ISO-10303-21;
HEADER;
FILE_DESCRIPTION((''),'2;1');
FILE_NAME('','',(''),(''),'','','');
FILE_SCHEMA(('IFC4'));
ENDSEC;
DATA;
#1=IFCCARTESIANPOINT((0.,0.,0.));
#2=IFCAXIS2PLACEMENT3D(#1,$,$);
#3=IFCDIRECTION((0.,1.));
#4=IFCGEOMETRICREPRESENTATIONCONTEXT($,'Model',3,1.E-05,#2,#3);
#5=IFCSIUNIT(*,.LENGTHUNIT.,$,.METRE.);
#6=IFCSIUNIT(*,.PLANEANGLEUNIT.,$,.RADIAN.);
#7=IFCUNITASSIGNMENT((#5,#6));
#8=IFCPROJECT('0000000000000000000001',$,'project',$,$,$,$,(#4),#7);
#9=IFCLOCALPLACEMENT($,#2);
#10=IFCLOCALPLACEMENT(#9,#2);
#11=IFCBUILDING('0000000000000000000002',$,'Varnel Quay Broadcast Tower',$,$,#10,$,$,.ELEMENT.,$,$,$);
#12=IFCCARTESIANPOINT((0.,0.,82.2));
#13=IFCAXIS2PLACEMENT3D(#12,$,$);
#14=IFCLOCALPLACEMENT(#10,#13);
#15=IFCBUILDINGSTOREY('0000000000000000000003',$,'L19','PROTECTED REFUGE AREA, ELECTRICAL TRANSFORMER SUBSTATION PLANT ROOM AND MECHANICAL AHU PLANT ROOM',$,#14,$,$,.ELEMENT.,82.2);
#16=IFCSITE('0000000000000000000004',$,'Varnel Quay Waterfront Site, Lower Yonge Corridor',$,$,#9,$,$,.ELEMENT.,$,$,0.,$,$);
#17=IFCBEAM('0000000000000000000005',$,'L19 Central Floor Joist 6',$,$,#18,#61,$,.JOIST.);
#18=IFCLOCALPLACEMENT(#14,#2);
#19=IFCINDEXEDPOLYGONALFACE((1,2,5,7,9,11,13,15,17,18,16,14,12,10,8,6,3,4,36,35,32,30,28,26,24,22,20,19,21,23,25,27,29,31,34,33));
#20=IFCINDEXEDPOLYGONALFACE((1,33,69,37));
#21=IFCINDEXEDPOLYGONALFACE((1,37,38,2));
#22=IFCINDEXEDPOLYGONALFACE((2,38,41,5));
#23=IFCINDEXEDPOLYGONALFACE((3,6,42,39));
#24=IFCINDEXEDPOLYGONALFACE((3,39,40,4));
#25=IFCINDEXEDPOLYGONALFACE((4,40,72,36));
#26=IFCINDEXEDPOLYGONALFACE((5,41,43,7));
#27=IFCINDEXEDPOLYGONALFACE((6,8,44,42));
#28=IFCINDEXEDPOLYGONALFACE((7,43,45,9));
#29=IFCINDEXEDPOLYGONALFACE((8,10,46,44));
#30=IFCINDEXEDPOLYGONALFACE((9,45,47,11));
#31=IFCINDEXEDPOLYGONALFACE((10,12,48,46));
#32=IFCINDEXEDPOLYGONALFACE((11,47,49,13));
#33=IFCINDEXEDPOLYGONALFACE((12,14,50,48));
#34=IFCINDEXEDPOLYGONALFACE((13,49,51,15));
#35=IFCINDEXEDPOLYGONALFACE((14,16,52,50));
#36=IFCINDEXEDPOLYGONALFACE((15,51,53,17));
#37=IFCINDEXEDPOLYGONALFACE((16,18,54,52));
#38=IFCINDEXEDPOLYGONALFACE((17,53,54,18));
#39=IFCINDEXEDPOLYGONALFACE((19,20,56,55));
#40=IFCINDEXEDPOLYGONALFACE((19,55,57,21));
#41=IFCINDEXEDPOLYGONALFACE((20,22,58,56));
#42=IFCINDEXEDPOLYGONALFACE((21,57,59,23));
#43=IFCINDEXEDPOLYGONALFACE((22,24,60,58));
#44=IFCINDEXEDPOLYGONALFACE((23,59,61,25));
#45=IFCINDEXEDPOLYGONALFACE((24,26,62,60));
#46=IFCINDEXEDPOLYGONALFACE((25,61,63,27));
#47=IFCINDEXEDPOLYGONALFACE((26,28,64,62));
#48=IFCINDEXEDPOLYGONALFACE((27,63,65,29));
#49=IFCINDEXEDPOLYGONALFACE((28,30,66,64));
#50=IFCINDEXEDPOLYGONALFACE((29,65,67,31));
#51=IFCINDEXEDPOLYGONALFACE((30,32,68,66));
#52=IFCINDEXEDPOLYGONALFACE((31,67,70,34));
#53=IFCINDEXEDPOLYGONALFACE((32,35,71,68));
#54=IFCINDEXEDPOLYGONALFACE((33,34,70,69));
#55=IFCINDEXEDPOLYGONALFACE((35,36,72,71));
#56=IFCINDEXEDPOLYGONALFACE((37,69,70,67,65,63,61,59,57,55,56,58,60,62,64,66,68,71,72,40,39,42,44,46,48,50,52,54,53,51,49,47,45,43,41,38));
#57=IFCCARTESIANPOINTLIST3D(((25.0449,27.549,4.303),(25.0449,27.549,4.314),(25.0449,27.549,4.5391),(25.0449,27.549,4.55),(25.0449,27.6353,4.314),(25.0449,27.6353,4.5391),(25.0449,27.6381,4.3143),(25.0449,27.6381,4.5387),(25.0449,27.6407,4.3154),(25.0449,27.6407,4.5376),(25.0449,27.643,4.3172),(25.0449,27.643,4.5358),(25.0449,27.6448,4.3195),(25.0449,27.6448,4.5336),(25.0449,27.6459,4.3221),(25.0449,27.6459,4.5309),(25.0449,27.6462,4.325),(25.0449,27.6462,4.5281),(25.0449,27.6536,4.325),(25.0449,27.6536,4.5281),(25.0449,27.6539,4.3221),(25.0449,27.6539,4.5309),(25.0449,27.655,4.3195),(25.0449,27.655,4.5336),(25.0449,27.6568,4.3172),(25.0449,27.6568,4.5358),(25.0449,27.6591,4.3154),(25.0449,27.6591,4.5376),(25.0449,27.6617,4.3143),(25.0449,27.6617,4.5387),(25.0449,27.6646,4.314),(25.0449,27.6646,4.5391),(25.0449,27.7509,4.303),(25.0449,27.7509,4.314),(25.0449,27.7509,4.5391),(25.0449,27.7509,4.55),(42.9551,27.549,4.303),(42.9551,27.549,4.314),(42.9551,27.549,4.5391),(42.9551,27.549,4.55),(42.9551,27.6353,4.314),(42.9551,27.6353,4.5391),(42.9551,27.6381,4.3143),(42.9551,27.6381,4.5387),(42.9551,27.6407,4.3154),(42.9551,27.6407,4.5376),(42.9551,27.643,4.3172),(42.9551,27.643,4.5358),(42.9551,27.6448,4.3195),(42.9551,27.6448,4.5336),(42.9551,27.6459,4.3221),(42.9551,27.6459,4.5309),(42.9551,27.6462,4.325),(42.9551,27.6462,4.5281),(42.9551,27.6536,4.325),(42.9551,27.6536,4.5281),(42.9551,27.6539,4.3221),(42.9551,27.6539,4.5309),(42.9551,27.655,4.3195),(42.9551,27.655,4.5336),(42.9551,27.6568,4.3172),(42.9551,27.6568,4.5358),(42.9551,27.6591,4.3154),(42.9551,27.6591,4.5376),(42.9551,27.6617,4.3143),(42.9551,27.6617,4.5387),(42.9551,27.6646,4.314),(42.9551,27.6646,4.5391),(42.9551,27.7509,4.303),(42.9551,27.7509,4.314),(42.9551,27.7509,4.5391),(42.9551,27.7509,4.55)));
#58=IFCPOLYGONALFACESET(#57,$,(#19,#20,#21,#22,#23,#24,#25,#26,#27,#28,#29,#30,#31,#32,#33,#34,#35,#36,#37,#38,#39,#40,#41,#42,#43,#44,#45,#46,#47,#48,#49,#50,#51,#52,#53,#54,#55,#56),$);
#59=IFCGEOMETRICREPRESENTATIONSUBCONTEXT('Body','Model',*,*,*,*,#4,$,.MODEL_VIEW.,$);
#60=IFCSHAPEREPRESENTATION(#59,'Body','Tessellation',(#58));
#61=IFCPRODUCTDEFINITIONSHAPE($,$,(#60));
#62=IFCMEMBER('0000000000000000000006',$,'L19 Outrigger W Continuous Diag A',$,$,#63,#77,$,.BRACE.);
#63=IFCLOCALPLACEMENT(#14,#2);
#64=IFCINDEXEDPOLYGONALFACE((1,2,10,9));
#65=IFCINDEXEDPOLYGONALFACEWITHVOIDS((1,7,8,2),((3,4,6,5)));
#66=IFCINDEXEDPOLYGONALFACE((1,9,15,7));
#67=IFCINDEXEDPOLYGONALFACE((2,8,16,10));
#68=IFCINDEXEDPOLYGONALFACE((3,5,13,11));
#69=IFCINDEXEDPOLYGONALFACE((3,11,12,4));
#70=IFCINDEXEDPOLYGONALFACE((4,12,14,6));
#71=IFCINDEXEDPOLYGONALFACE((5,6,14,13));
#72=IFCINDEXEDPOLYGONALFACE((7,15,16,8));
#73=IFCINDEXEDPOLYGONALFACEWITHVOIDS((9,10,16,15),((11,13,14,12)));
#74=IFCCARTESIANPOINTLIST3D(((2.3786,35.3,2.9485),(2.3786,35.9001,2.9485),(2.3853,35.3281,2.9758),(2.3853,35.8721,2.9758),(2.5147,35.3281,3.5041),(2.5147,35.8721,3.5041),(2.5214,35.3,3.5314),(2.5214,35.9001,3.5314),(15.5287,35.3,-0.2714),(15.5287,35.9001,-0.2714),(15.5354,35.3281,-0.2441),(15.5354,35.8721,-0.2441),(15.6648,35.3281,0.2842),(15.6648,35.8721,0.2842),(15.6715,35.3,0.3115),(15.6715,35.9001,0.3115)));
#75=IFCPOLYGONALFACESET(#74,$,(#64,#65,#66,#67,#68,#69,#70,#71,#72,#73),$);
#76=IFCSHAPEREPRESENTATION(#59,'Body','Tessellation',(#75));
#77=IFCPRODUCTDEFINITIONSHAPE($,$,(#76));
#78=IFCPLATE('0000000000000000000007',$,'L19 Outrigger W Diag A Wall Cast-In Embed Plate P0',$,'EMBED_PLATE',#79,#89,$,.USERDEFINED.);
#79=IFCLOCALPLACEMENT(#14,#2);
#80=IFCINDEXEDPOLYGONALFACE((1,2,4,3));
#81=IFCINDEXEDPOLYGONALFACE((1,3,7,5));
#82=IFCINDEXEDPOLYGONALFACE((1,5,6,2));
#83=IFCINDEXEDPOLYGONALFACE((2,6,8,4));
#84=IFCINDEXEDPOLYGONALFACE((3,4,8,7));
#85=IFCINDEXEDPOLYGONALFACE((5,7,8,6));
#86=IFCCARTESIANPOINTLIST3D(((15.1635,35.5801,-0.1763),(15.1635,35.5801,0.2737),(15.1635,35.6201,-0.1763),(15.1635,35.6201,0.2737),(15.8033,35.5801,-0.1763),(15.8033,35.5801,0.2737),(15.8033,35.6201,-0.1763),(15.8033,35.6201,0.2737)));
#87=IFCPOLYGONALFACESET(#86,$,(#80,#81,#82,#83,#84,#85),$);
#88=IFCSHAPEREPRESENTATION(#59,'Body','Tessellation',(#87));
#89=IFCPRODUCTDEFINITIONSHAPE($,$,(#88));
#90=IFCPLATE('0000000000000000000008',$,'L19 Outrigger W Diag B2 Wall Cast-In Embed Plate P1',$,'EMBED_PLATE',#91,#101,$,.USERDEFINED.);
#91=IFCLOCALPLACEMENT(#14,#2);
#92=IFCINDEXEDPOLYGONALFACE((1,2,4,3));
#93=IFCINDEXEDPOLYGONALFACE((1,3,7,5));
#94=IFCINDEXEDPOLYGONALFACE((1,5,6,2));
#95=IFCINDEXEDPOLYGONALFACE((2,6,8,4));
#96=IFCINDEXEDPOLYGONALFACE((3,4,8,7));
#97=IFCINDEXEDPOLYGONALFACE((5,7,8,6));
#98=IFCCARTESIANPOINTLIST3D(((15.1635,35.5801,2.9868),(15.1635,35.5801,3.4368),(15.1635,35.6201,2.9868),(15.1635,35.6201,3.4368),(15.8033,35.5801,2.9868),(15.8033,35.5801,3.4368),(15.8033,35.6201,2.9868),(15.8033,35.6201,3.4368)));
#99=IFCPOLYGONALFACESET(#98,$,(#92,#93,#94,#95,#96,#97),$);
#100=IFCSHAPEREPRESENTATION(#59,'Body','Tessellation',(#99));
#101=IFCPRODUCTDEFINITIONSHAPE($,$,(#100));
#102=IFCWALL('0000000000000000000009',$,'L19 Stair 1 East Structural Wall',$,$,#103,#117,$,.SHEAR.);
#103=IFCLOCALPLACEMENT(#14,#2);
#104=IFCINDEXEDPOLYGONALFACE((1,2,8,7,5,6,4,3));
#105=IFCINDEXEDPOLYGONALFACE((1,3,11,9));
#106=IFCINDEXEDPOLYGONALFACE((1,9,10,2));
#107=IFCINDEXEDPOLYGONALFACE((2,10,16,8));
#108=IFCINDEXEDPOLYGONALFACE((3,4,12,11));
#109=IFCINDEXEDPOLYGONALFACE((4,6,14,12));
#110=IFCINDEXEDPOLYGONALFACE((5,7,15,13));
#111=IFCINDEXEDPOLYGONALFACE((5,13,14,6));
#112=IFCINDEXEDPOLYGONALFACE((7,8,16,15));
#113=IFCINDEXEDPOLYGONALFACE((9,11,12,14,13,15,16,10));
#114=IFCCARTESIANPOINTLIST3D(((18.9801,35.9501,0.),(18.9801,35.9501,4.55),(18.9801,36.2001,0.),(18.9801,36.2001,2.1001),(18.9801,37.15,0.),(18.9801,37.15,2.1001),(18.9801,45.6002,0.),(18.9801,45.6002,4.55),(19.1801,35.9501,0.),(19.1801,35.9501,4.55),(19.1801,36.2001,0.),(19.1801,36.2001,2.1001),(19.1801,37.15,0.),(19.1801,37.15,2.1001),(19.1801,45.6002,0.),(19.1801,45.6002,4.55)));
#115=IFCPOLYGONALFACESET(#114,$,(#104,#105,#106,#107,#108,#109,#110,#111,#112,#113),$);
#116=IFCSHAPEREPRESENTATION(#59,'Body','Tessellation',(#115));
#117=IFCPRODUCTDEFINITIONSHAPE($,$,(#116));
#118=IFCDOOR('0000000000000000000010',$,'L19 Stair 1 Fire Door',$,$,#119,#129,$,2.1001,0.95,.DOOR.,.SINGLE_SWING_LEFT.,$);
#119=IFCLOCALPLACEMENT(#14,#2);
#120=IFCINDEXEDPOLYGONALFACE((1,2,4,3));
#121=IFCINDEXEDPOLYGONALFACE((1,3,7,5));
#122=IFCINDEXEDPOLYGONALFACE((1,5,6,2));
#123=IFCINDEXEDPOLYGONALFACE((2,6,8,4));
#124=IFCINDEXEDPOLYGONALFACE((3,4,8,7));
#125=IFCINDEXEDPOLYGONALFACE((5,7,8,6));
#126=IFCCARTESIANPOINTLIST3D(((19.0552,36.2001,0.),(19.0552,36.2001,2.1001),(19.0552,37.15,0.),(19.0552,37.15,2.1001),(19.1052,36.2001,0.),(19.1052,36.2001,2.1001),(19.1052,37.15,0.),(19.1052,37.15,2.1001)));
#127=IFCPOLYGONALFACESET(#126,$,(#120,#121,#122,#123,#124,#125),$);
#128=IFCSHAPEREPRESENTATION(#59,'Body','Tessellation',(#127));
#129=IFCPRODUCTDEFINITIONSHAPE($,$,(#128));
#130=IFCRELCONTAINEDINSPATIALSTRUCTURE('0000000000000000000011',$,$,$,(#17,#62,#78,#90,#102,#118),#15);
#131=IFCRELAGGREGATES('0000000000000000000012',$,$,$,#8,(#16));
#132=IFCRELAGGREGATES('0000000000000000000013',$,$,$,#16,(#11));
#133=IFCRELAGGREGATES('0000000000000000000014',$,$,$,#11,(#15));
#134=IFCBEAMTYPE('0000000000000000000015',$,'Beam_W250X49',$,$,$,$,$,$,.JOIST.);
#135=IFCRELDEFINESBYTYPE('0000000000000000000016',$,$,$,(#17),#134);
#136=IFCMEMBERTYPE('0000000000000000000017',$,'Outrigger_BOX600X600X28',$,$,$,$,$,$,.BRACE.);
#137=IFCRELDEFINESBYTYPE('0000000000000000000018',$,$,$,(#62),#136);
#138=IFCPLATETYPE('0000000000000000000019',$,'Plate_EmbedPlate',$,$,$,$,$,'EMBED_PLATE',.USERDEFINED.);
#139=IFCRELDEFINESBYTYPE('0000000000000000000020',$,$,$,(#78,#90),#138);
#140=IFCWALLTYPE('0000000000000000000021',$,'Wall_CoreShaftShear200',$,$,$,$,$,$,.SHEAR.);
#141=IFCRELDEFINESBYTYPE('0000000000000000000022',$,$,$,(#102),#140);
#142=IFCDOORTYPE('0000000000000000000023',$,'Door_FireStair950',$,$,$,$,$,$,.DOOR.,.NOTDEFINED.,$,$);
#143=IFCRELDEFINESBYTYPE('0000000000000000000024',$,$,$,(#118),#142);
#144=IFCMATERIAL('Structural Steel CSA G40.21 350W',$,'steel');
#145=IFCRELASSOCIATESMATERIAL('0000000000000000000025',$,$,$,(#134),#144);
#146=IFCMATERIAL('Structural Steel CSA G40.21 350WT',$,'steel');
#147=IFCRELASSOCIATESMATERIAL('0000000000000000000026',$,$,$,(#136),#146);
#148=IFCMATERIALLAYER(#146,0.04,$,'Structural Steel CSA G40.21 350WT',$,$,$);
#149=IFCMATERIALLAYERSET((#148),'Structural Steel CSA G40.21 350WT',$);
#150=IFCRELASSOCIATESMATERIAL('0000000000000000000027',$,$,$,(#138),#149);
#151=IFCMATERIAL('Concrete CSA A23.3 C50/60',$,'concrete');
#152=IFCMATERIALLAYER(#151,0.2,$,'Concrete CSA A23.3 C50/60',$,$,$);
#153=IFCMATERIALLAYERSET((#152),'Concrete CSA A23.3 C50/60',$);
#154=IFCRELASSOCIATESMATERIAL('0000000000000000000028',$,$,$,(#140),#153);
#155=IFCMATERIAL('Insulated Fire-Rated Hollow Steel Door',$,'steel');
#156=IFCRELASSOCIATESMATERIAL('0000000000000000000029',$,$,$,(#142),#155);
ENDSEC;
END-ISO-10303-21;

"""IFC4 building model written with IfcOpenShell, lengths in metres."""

from ifc_helpers import new_model, si_unit, direction, frame, frame_2d, origin, origin_2d, place, context, subcontext, project, spatial, rectangle, hollow_rectangle, i_section, extrude, source, transform, mapped, material, layer, layer_set, material_profile, profile_set, type_object, type_shapes, element, fill, save


model = new_model("IFC4")

# Units and contexts
model_context = context("Model", 3, precision=1e-05, world=origin(), true_north=direction((0.0, 1.0)))
body_context = subcontext(model_context, "Body", "Model", "MODEL_VIEW")
ifc_project = project(units=[si_unit("LENGTHUNIT", "METRE"), si_unit("PLANEANGLEUNIT", "RADIAN")], contexts=[model_context])

# Site, building, storey
site_placement = place(None, origin())
site = spatial("IfcSite", under=ifc_project, at=site_placement, Name="Varnel Quay Waterfront Site, Lower Yonge Corridor", CompositionType="ELEMENT", RefElevation=0.0)
building_placement = place(site_placement, origin())
building = spatial("IfcBuilding", under=site, at=building_placement, Name="Varnel Quay Broadcast Tower", CompositionType="ELEMENT")
storey_placement = place(building_placement, frame((0.0, 0.0, 82.2)))
storey = spatial("IfcBuildingStorey", under=building, at=storey_placement, Name="L19", Description="PROTECTED REFUGE AREA, ELECTRICAL TRANSFORMER SUBSTATION PLANT ROOM AND MECHANICAL AHU PLANT ROOM", CompositionType="ELEMENT", Elevation=82.2)

# Shared definitions
ifc_material_1 = material(Name="Structural Steel CSA G40.21 350WT", Category="steel")

# Beam
ifc_material_2 = material(Name="Structural Steel CSA G40.21 350W", Category="steel")
ifc_material_profile_1 = material_profile(ifc_material_2, i_section(OverallWidth=0.2019, OverallDepth=0.2471, WebThickness=0.0073, FlangeThickness=0.011, FilletRadius=0.011, at=origin_2d()), Name="W250X49")
ifc_profile_set_1 = profile_set([ifc_material_profile_1], Name="Structural Steel CSA G40.21 350W")
beam_type_1 = type_object("IfcBeamType", Name="Beam_W250X49", PredefinedType="JOIST", material=ifc_profile_set_1)
shared_shape_1 = source(origin(), body_context, "Body", "SweptSolid", [
    extrude(i_section(OverallWidth=0.2019, OverallDepth=0.2471, WebThickness=0.0073, FlangeThickness=0.011, FilletRadius=0.011, at=origin_2d()), origin(), (0.0, 0.0, 1.0), 17.9102),
])
type_shapes(beam_type_1, [shared_shape_1])
beam_1_placement = place(storey_placement, frame((25.0449, 27.6499, 4.4265), z_axis=(1.0, 0.0, 0.0), x_axis=(0.0, 1.0, 0.0)))
element("IfcBeam", 1, at=beam_1_placement, inside=storey, type_object=beam_type_1, Name="L19 Central Floor Joist 6", PredefinedType="JOIST", context=body_context, shape_type="MappedRepresentation", body=[
    mapped(shared_shape_1, transform((0.0, 0.0, 0.0), x_axis=(1.0, 0.0, 0.0), y_axis=(0.0, 1.0, 0.0), z_axis=(0.0, 0.0, 1.0), scale=1.0)),
])

# Member
ifc_material_profile_2 = material_profile(ifc_material_1, hollow_rectangle(XDim=0.6001, YDim=0.6001, WallThickness=0.0281, at=origin_2d()), Name="BOX600X600X28")
ifc_profile_set_2 = profile_set([ifc_material_profile_2], Name="Structural Steel CSA G40.21 350WT")
member_type = type_object("IfcMemberType", Name="Outrigger_BOX600X600X28", PredefinedType="BRACE", material=ifc_profile_set_2)
shared_shape_2 = source(origin(), body_context, "Body", "SweptSolid", [
    extrude(hollow_rectangle(XDim=0.6001, YDim=0.6001, WallThickness=0.0281, at=origin_2d()), origin(), (0.0, 0.0, 1.0), 13.5386),
])
type_shapes(member_type, [shared_shape_2])
member_placement = place(storey_placement, frame((15.6001, 35.6001, 0.02), z_axis=(-0.971305, 0.0, 0.237836), x_axis=(0.0, -1.0, 0.0)))
element("IfcMember", 2, at=member_placement, inside=storey, type_object=member_type, Name="L19 Outrigger W Continuous Diag A", PredefinedType="BRACE", context=body_context, shape_type="MappedRepresentation", body=[
    mapped(shared_shape_2, transform((0.0, 0.0, 0.0), x_axis=(1.0, 0.0, 0.0), y_axis=(0.0, 1.0, 0.0), z_axis=(0.0, 0.0, 1.0), scale=1.0)),
])

# Plates
ifc_layer_1 = layer(ifc_material_1, 0.04, Name="Structural Steel CSA G40.21 350WT")
ifc_layer_set_1 = layer_set([ifc_layer_1], Name="Structural Steel CSA G40.21 350WT")
plate_type = type_object("IfcPlateType", Name="Plate_EmbedPlate", ElementType="EMBED_PLATE", PredefinedType="USERDEFINED", material=ifc_layer_set_1)
shared_shape_3 = source(origin(), body_context, "Body", "SweptSolid", [
    extrude(rectangle(XDim=0.6399, YDim=0.04, at=origin_2d()), origin(), (0.0, 0.0, 1.0), 0.45),
])
type_shapes(plate_type, [shared_shape_3])
for number, where, z_axis, x_axis, name in (
    (3, (15.4834, 35.6001, -0.1763), (0.0, 0.0, 1.0), (1.0, 0.0, 0.0), "L19 Outrigger W Diag A Wall Cast-In Embed Plate P0"),
    (4, (15.4834, 35.6001, 2.9868), (0.0, 0.0, 1.0), (1.0, 0.0, 0.0), "L19 Outrigger W Diag B2 Wall Cast-In Embed Plate P1"),
):
    element("IfcPlate", number, at=place(storey_placement, frame(where, z_axis=z_axis, x_axis=x_axis)), inside=storey, type_object=plate_type, Name=name, ObjectType="EMBED_PLATE", PredefinedType="USERDEFINED", context=body_context, shape_type="MappedRepresentation", body=[
        mapped(shared_shape_3, transform((0.0, 0.0, 0.0), x_axis=(1.0, 0.0, 0.0), y_axis=(0.0, 1.0, 0.0), z_axis=(0.0, 0.0, 1.0), scale=1.0)),
    ])

# Wall, opening, door
ifc_material_3 = material(Name="Concrete CSA A23.3 C50/60", Category="concrete")
ifc_layer_2 = layer(ifc_material_3, 0.2, Name="Concrete CSA A23.3 C50/60")
ifc_layer_set_2 = layer_set([ifc_layer_2], Name="Concrete CSA A23.3 C50/60")
wall_type_1 = type_object("IfcWallType", Name="Wall_CoreShaftShear200", PredefinedType="SHEAR", material=ifc_layer_set_2)
wall_1_placement = place(storey_placement, frame((19.0801, 35.95, 0.0), z_axis=(0.0, 0.0, 1.0), x_axis=(0.0, 1.0, 0.0)))
wall_1 = element("IfcWall", 5, at=wall_1_placement, inside=storey, type_object=wall_type_1, Name="L19 Stair 1 East Structural Wall", PredefinedType="SHEAR", context=body_context, shape_type="SweptSolid", body=[
    extrude(rectangle(XDim=9.6501, YDim=0.2, at=frame_2d((4.8252, 0.0))), origin(), (0.0, 0.0, 1.0), 4.55),
])
opening_1_placement = place(wall_1_placement, frame((0.25, 0.0, 0.0)))
opening_1 = element("IfcOpeningElement", 6, at=opening_1_placement, cuts=wall_1, PredefinedType="OPENING", context=body_context, shape_type="SweptSolid", body=[
    extrude(rectangle(XDim=0.95, YDim=2.1001, at=frame_2d((0.4751, 1.05))), frame((0.0, 0.1099, 0.0), z_axis=(0.0, -1.0, 0.0), x_axis=(1.0, 0.0, 0.0)), (0.0, 0.0, 1.0), 0.22),
])
ifc_material_4 = material(Name="Insulated Fire-Rated Hollow Steel Door", Category="steel")
door_type_1 = type_object("IfcDoorType", Name="Door_FireStair950", OperationType="NOTDEFINED", PredefinedType="DOOR", material=ifc_material_4)
shared_shape_4 = source(origin(), body_context, "Body", "SweptSolid", [
    extrude(rectangle(XDim=0.95, YDim=2.1001, at=frame_2d((0.4751, 1.05))), frame((0.0, 0.0249, 0.0), z_axis=(0.0, -1.0, 0.0), x_axis=(1.0, 0.0, 0.0)), (0.0, 0.0, 1.0), 0.05),
])
type_shapes(door_type_1, [shared_shape_4])
door_1_placement = place(opening_1_placement, origin())
door_1 = element("IfcDoor", 7, at=door_1_placement, inside=storey, type_object=door_type_1, Name="L19 Stair 1 Fire Door", OperationType="SINGLE_SWING_LEFT", OverallHeight=2.1001, OverallWidth=0.95, PredefinedType="DOOR", context=body_context, shape_type="MappedRepresentation", body=[
    mapped(shared_shape_4, transform((0.0, 0.0, 0.0), x_axis=(1.0, 0.0, 0.0), y_axis=(0.0, 1.0, 0.0), z_axis=(0.0, 0.0, 1.0), scale=1.0)),
])
fill(opening_1, door_1)

save(model, "model.ifc")
